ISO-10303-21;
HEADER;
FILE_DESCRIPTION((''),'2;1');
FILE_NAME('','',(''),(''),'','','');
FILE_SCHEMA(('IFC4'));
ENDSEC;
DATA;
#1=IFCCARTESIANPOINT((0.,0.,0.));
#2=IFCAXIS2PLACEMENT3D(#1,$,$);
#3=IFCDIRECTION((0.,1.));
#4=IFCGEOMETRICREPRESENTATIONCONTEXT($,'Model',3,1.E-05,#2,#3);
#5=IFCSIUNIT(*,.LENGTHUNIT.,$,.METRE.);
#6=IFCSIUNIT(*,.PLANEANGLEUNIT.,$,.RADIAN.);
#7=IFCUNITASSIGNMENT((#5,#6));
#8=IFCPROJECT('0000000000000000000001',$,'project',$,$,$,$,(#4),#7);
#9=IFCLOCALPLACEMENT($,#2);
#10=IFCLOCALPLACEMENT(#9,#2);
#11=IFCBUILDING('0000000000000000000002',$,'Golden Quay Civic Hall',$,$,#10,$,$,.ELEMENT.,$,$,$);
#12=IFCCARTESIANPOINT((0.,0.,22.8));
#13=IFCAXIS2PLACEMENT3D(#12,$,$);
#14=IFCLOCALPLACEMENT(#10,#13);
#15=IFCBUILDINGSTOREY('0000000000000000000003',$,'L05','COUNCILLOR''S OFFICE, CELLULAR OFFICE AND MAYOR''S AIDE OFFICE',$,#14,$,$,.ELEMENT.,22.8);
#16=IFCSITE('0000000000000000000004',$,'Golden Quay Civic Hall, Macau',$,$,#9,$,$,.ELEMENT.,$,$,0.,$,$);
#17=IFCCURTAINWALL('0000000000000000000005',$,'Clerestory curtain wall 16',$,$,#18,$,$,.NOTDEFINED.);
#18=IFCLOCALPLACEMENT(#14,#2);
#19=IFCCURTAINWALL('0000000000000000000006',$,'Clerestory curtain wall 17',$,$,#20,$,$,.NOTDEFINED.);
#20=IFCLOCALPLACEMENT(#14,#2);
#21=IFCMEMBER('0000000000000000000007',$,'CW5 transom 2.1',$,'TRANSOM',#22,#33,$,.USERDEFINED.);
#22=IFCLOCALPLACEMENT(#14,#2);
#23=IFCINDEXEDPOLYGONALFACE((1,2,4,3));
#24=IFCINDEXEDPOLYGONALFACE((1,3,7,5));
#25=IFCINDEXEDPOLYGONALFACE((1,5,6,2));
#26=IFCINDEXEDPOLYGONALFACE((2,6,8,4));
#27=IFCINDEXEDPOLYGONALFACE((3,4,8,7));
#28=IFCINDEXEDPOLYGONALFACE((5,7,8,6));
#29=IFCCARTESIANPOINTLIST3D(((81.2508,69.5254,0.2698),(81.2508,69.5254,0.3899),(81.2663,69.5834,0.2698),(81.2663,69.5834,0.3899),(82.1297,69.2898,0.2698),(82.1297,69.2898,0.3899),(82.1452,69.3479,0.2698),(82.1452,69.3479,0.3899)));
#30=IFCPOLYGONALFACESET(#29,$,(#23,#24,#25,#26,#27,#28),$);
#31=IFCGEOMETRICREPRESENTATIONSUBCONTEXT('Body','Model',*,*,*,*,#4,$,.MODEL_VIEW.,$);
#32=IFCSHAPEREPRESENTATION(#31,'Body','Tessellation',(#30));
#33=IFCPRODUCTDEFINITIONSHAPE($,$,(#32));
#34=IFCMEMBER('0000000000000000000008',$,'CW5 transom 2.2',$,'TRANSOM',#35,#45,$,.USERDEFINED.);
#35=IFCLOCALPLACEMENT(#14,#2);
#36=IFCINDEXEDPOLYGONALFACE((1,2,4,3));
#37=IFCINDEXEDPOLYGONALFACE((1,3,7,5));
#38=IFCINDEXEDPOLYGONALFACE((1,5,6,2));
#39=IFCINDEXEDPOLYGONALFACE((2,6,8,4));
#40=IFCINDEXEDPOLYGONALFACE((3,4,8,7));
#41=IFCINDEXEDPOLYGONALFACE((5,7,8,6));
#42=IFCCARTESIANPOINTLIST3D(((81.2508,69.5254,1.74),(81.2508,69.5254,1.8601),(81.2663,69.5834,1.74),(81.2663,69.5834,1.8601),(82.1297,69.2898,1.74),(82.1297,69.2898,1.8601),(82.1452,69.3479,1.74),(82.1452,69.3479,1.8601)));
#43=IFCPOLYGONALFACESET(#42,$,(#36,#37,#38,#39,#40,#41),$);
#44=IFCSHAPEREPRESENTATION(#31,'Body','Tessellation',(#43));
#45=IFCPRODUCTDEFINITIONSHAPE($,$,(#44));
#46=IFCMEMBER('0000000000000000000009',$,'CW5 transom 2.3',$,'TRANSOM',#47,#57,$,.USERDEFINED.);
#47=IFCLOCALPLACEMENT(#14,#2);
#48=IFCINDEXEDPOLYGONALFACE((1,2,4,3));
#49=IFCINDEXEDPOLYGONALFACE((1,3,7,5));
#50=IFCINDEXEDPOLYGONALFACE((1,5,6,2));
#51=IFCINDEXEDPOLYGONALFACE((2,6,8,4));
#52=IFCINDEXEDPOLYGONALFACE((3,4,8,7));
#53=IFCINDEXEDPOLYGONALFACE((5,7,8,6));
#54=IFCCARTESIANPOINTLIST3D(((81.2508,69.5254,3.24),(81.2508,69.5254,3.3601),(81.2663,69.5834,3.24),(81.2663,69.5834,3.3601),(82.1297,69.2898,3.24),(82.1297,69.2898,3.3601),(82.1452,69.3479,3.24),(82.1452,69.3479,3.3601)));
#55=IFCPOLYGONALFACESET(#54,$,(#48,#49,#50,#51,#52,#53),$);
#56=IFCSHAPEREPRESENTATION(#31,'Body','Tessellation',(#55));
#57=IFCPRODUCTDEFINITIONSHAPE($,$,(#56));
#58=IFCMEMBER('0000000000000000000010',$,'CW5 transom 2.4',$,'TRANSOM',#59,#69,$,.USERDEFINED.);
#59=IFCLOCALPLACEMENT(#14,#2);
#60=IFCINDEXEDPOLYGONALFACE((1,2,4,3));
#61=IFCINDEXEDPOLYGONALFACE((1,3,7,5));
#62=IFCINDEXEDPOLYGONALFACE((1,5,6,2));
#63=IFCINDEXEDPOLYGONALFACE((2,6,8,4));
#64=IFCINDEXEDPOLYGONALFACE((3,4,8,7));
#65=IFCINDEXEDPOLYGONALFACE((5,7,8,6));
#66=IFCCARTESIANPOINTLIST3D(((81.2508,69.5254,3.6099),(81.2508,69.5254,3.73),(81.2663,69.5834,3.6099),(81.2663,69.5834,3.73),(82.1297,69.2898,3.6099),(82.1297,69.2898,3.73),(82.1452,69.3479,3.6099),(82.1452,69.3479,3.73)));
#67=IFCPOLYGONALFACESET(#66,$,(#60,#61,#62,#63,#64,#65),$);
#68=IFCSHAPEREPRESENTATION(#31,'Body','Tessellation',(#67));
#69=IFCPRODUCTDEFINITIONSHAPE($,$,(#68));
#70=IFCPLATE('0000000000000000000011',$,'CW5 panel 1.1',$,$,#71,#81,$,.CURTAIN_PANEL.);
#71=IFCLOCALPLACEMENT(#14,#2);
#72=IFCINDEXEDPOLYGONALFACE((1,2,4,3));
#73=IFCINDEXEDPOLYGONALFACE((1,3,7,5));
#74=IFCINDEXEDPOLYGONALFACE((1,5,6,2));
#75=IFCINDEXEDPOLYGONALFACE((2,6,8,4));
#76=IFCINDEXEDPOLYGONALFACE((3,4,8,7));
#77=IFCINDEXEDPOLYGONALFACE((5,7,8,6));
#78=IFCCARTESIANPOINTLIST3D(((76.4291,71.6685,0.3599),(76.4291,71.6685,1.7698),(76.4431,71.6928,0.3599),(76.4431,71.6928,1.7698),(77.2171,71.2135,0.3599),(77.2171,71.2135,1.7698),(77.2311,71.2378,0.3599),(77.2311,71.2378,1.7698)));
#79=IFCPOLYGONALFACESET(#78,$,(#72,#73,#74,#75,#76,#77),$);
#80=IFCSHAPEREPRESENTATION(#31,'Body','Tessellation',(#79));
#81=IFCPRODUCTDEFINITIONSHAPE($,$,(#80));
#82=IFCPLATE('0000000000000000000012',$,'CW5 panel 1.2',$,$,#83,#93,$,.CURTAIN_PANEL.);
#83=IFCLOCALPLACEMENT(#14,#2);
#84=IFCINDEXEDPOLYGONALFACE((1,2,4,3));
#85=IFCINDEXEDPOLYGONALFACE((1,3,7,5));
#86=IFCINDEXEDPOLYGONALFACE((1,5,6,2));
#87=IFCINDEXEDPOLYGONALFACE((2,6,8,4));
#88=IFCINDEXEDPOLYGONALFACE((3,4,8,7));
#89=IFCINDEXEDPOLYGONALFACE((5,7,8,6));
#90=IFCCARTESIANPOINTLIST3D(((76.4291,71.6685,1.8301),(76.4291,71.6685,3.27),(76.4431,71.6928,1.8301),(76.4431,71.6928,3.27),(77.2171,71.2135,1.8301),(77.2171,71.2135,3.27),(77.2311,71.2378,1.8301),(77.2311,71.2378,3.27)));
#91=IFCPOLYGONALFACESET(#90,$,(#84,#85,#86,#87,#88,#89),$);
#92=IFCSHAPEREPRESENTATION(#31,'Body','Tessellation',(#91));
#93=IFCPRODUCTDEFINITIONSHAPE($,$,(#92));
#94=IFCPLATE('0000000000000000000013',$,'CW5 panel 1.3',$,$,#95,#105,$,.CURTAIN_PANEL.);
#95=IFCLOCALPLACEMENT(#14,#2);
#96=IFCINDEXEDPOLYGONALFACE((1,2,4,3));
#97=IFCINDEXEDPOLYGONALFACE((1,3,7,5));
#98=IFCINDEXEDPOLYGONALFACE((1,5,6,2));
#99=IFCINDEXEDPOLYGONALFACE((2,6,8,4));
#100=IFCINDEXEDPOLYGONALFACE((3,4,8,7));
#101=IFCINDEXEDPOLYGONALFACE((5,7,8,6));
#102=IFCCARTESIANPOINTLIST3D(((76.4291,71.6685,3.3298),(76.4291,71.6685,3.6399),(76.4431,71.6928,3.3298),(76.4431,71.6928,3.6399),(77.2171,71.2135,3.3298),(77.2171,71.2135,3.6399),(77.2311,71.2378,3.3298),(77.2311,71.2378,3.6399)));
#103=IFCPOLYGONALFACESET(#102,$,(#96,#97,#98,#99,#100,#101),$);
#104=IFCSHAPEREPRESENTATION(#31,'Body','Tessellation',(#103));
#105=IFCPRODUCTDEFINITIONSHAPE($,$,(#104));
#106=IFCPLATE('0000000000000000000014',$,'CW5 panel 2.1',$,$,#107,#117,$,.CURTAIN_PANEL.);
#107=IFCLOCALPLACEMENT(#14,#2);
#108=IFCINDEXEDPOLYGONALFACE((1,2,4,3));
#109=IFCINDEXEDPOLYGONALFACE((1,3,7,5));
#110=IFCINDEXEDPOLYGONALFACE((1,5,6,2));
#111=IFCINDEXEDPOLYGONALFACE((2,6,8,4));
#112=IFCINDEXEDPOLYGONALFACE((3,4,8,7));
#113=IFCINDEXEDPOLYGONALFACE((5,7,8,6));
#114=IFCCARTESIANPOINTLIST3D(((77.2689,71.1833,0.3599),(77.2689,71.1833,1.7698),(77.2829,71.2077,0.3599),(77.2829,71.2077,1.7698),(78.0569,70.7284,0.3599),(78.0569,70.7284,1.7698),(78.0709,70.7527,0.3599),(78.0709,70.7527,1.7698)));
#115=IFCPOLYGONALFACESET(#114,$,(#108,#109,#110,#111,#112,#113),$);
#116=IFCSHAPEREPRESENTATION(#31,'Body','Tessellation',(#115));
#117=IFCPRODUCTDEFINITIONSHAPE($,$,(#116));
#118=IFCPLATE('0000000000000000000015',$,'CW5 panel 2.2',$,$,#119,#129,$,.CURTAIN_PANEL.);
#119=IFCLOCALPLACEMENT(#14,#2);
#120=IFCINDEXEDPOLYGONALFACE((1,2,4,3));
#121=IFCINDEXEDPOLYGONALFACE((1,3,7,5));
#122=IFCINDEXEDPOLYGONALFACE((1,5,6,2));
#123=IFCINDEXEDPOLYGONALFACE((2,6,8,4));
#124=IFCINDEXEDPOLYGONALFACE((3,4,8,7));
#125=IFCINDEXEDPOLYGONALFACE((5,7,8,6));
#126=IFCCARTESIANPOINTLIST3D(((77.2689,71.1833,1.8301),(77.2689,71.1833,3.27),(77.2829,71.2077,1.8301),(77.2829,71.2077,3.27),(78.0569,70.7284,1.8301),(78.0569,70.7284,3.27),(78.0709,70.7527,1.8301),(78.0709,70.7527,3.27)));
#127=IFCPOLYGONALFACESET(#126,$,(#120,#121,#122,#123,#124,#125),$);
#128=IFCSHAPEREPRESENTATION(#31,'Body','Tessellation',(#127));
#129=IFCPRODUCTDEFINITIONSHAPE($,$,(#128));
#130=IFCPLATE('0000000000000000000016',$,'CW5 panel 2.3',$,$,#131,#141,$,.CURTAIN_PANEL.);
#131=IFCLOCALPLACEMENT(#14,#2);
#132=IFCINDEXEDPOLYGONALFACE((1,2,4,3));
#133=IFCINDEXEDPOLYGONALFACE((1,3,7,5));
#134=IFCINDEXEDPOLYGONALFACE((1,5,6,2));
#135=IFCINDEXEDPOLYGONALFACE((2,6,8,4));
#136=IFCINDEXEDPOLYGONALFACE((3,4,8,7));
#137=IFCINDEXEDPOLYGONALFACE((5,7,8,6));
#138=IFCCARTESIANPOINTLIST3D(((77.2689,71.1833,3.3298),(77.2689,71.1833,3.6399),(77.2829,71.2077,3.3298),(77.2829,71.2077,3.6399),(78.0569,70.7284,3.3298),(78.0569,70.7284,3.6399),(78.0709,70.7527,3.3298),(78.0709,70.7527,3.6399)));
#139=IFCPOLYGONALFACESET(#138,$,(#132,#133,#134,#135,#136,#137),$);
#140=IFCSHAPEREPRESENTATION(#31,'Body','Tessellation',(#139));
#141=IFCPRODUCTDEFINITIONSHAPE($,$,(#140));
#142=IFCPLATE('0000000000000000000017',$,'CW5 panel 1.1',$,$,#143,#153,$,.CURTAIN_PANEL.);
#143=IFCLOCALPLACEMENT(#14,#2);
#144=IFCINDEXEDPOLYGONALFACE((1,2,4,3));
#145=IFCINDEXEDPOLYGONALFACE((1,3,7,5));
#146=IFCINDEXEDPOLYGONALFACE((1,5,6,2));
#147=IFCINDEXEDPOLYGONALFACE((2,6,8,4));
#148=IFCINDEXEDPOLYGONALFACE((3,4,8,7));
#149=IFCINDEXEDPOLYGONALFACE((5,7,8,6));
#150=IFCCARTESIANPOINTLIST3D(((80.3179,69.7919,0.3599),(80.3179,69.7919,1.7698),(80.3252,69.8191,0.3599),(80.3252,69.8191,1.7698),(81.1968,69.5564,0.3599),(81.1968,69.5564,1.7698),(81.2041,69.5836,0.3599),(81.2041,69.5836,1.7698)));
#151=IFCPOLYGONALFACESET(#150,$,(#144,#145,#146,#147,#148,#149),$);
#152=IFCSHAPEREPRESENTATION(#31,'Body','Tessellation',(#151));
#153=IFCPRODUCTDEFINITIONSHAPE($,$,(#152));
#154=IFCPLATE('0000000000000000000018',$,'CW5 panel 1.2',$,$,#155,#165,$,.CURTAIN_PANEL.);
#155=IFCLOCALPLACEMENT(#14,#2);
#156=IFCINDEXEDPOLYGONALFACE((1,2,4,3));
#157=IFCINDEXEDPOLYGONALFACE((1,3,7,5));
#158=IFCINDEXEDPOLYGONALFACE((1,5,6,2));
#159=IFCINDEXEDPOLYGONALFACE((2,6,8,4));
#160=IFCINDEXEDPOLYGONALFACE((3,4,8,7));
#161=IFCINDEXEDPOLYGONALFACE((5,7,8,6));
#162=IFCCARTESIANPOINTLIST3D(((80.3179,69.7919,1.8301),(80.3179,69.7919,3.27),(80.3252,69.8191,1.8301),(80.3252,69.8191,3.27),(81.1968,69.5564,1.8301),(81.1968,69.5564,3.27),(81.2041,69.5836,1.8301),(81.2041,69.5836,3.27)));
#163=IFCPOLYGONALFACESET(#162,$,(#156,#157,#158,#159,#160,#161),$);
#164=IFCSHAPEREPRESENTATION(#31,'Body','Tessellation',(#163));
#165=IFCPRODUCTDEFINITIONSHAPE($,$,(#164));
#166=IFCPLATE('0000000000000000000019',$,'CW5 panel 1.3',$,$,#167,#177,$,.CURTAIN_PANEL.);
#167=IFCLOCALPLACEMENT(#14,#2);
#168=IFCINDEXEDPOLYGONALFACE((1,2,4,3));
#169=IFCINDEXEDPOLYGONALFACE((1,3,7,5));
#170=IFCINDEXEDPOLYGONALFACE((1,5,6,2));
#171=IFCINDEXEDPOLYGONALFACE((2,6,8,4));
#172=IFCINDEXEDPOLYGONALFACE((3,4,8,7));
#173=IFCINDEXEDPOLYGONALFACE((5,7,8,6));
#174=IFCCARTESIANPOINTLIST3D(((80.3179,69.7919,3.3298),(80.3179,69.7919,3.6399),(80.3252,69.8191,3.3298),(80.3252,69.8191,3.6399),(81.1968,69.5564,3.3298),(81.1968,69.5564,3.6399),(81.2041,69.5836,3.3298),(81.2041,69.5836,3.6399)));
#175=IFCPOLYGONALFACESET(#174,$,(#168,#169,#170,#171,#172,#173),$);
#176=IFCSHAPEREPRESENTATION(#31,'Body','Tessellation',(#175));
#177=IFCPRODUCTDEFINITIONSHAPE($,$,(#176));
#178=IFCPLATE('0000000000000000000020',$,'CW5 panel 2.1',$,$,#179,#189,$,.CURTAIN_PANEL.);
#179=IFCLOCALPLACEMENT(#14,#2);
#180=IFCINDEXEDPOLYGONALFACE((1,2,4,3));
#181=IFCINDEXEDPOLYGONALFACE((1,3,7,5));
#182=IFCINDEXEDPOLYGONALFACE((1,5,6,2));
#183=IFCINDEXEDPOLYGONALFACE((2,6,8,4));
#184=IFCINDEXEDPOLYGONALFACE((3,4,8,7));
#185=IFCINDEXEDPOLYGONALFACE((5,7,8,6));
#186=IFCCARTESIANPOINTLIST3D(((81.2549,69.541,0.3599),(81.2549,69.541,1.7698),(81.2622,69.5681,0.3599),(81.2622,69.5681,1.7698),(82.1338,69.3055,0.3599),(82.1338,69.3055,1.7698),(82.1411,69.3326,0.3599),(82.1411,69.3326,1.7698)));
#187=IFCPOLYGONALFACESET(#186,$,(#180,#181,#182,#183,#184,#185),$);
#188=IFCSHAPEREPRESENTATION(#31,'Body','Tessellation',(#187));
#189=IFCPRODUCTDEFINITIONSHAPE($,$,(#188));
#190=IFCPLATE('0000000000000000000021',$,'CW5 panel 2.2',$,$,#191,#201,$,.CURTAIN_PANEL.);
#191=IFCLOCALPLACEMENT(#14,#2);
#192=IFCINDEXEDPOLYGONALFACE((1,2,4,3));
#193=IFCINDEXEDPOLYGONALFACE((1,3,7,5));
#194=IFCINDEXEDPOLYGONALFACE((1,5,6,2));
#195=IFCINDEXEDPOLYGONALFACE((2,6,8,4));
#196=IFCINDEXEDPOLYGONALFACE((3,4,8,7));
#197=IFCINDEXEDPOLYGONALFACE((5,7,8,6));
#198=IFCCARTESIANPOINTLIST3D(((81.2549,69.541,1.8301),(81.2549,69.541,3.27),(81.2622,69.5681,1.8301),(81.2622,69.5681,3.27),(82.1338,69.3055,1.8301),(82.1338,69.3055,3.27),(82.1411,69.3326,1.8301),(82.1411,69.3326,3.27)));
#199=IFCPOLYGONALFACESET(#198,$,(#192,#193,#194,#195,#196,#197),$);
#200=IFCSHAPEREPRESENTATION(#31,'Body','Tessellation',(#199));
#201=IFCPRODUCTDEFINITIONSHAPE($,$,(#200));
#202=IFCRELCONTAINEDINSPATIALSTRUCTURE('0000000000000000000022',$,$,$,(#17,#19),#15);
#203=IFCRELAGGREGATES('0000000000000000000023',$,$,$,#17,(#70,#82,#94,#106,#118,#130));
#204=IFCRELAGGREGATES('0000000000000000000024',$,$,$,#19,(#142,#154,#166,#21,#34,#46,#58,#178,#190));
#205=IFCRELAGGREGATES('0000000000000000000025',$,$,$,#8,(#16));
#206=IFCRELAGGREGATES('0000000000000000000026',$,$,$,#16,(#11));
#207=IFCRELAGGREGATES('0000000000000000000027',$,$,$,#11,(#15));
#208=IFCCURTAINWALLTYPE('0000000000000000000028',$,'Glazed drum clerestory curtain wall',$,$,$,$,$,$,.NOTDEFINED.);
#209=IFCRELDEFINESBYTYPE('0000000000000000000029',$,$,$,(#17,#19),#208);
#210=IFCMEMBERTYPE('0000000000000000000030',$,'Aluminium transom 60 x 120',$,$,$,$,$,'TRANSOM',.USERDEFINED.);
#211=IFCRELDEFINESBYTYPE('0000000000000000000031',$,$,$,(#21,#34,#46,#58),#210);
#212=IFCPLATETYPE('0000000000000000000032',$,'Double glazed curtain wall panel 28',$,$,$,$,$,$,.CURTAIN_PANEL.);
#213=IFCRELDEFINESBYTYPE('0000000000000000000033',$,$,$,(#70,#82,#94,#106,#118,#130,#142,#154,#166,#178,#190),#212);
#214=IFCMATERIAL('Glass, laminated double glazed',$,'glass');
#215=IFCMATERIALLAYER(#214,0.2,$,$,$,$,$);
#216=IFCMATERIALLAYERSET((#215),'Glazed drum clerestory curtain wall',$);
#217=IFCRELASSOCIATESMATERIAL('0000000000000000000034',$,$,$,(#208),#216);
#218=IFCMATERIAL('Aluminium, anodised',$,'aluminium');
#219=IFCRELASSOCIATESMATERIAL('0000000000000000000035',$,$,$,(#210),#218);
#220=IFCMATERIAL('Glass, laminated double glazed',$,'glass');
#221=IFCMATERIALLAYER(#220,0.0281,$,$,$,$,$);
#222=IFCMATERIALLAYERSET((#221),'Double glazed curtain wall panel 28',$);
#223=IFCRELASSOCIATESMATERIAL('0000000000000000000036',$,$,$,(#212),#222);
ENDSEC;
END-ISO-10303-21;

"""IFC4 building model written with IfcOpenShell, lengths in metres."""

from ifc_helpers import new_model, si_unit, direction, frame, origin, origin_2d, place, context, subcontext, project, spatial, rectangle, extrude, material, layer, layer_set, material_profile, profile_set, type_object, element, aggregate, save


model = new_model("IFC4")

# Units and contexts
model_context = context("Model", 3, precision=1e-05, world=origin(), true_north=direction((0.0, 1.0)))
body_context = subcontext(model_context, "Body", "Model", "MODEL_VIEW")
ifc_project = project(units=[si_unit("LENGTHUNIT", "METRE"), si_unit("PLANEANGLEUNIT", "RADIAN")], contexts=[model_context])

# Site, building, storey
site_placement = place(None, origin())
site = spatial("IfcSite", under=ifc_project, at=site_placement, Name="Golden Quay Civic Hall, Macau", CompositionType="ELEMENT", RefElevation=0.0)
building_placement = place(site_placement, origin())
building = spatial("IfcBuilding", under=site, at=building_placement, Name="Golden Quay Civic Hall", CompositionType="ELEMENT")
storey_placement = place(building_placement, frame((0.0, 0.0, 22.8)))
storey = spatial("IfcBuildingStorey", under=building, at=storey_placement, Name="L05", Description="COUNCILLOR'S OFFICE, CELLULAR OFFICE AND MAYOR'S AIDE OFFICE", CompositionType="ELEMENT", Elevation=22.8)

# Curtain walls
ifc_material_1 = material(Name="Glass, laminated double glazed", Category="glass")
ifc_layer_1 = layer(ifc_material_1, 0.2)
ifc_layer_set_1 = layer_set([ifc_layer_1], Name="Glazed drum clerestory curtain wall")
curtain_wall_type = type_object("IfcCurtainWallType", Name="Glazed drum clerestory curtain wall", PredefinedType="NOTDEFINED", material=ifc_layer_set_1)
curtain_wall_1_placement = place(storey_placement, origin())
curtain_wall_1 = element("IfcCurtainWall", 1, at=curtain_wall_1_placement, inside=storey, type_object=curtain_wall_type, Name="Clerestory curtain wall 16", PredefinedType="NOTDEFINED")
curtain_wall_2_placement = place(storey_placement, origin())
curtain_wall_2 = element("IfcCurtainWall", 2, at=curtain_wall_2_placement, inside=storey, type_object=curtain_wall_type, Name="Clerestory curtain wall 17", PredefinedType="NOTDEFINED")

# Members
ifc_material_2 = material(Name="Aluminium, anodised", Category="aluminium")
ifc_material_profile_1 = material_profile(ifc_material_2, rectangle(XDim=0.0601, YDim=0.1201, at=origin_2d()), Name="Aluminium 60 x 120")
ifc_profile_set_1 = profile_set([ifc_material_profile_1], Name="Aluminium, anodised")
member_type_1 = type_object("IfcMemberType", Name="Aluminium transom 60 x 120", ElementType="TRANSOM", PredefinedType="USERDEFINED", material=ifc_profile_set_1)
member_1_placement = place(storey_placement, frame((81.2585, 69.5544, 0.3298), z_axis=(0.9659, -0.258915, 0.0), x_axis=(0.258915, 0.9659, 0.0)))
member_1 = element("IfcMember", 3, at=member_1_placement, type_object=member_type_1, Name="CW5 transom 2.1", ObjectType="TRANSOM", PredefinedType="USERDEFINED", context=body_context, shape_type="SweptSolid", body=[
    extrude(rectangle(XDim=0.0601, YDim=0.1201, at=origin_2d()), origin(), (0.0, 0.0, 1.0), 0.9099),
])
member_2_placement = place(storey_placement, frame((81.2585, 69.5544, 1.8), z_axis=(0.9659, -0.258915, 0.0), x_axis=(0.258915, 0.9659, 0.0)))
member_2 = element("IfcMember", 4, at=member_2_placement, type_object=member_type_1, Name="CW5 transom 2.2", ObjectType="TRANSOM", PredefinedType="USERDEFINED", context=body_context, shape_type="SweptSolid", body=[
    extrude(rectangle(XDim=0.0601, YDim=0.1201, at=origin_2d()), origin(), (0.0, 0.0, 1.0), 0.9099),
])
member_3_placement = place(storey_placement, frame((81.2585, 69.5544, 3.3), z_axis=(0.9659, -0.258915, 0.0), x_axis=(0.258915, 0.9659, 0.0)))
member_3 = element("IfcMember", 5, at=member_3_placement, type_object=member_type_1, Name="CW5 transom 2.3", ObjectType="TRANSOM", PredefinedType="USERDEFINED", context=body_context, shape_type="SweptSolid", body=[
    extrude(rectangle(XDim=0.0601, YDim=0.1201, at=origin_2d()), origin(), (0.0, 0.0, 1.0), 0.9099),
])
member_4_placement = place(storey_placement, frame((81.2585, 69.5544, 3.6699), z_axis=(0.9659, -0.258915, 0.0), x_axis=(0.258915, 0.9659, 0.0)))
member_4 = element("IfcMember", 6, at=member_4_placement, type_object=member_type_1, Name="CW5 transom 2.4", ObjectType="TRANSOM", PredefinedType="USERDEFINED", context=body_context, shape_type="SweptSolid", body=[
    extrude(rectangle(XDim=0.0601, YDim=0.1201, at=origin_2d()), origin(), (0.0, 0.0, 1.0), 0.9099),
])

# Plates
ifc_material_3 = material(Name="Glass, laminated double glazed", Category="glass")
ifc_layer_2 = layer(ifc_material_3, 0.0281)
ifc_layer_set_2 = layer_set([ifc_layer_2], Name="Double glazed curtain wall panel 28")
plate_type = type_object("IfcPlateType", Name="Double glazed curtain wall panel 28", PredefinedType="CURTAIN_PANEL", material=ifc_layer_set_2)
plate_1_placement = place(storey_placement, frame((76.8301, 71.4531, 0.3599), z_axis=(0.0, 0.0, 1.0), x_axis=(0.866019, -0.500011, 0.0)))
plate_1 = element("IfcPlate", 7, at=plate_1_placement, type_object=plate_type, Name="CW5 panel 1.1", PredefinedType="CURTAIN_PANEL", context=body_context, shape_type="SweptSolid", body=[
    extrude(rectangle(XDim=0.9099, YDim=0.0281, at=origin_2d()), origin(), (0.0, 0.0, 1.0), 1.4099),
])
plate_2_placement = place(storey_placement, frame((76.8301, 71.4531, 1.8301), z_axis=(0.0, 0.0, 1.0), x_axis=(0.866019, -0.500011, 0.0)))
plate_2 = element("IfcPlate", 8, at=plate_2_placement, type_object=plate_type, Name="CW5 panel 1.2", PredefinedType="CURTAIN_PANEL", context=body_context, shape_type="SweptSolid", body=[
    extrude(rectangle(XDim=0.9099, YDim=0.0281, at=origin_2d()), origin(), (0.0, 0.0, 1.0), 1.4399),
])
plate_3_placement = place(storey_placement, frame((76.8301, 71.4531, 3.3298), z_axis=(0.0, 0.0, 1.0), x_axis=(0.866019, -0.500011, 0.0)))
plate_3 = element("IfcPlate", 9, at=plate_3_placement, type_object=plate_type, Name="CW5 panel 1.3", PredefinedType="CURTAIN_PANEL", context=body_context, shape_type="SweptSolid", body=[
    extrude(rectangle(XDim=0.9099, YDim=0.0281, at=origin_2d()), origin(), (0.0, 0.0, 1.0), 0.3101),
])
plate_4_placement = place(storey_placement, frame((77.6699, 70.968, 0.3599), z_axis=(0.0, 0.0, 1.0), x_axis=(0.866019, -0.500011, 0.0)))
plate_4 = element("IfcPlate", 10, at=plate_4_placement, type_object=plate_type, Name="CW5 panel 2.1", PredefinedType="CURTAIN_PANEL", context=body_context, shape_type="SweptSolid", body=[
    extrude(rectangle(XDim=0.9099, YDim=0.0281, at=origin_2d()), origin(), (0.0, 0.0, 1.0), 1.4099),
])
plate_5_placement = place(storey_placement, frame((77.6699, 70.968, 1.8301), z_axis=(0.0, 0.0, 1.0), x_axis=(0.866019, -0.500011, 0.0)))
plate_5 = element("IfcPlate", 11, at=plate_5_placement, type_object=plate_type, Name="CW5 panel 2.2", PredefinedType="CURTAIN_PANEL", context=body_context, shape_type="SweptSolid", body=[
    extrude(rectangle(XDim=0.9099, YDim=0.0281, at=origin_2d()), origin(), (0.0, 0.0, 1.0), 1.4399),
])
plate_6_placement = place(storey_placement, frame((77.6699, 70.968, 3.3298), z_axis=(0.0, 0.0, 1.0), x_axis=(0.866019, -0.500011, 0.0)))
plate_6 = element("IfcPlate", 12, at=plate_6_placement, type_object=plate_type, Name="CW5 panel 2.3", PredefinedType="CURTAIN_PANEL", context=body_context, shape_type="SweptSolid", body=[
    extrude(rectangle(XDim=0.9099, YDim=0.0281, at=origin_2d()), origin(), (0.0, 0.0, 1.0), 0.3101),
])
aggregate(curtain_wall_1, [plate_1, plate_2, plate_3, plate_4, plate_5, plate_6])
plate_7_placement = place(storey_placement, frame((80.761, 69.6877, 0.3599), z_axis=(0.0, 0.0, 1.0), x_axis=(0.965929, -0.258808, 0.0)))
plate_7 = element("IfcPlate", 13, at=plate_7_placement, type_object=plate_type, Name="CW5 panel 1.1", PredefinedType="CURTAIN_PANEL", context=body_context, shape_type="SweptSolid", body=[
    extrude(rectangle(XDim=0.9099, YDim=0.0281, at=origin_2d()), origin(), (0.0, 0.0, 1.0), 1.4099),
])
plate_8_placement = place(storey_placement, frame((80.761, 69.6877, 1.8301), z_axis=(0.0, 0.0, 1.0), x_axis=(0.965929, -0.258808, 0.0)))
plate_8 = element("IfcPlate", 14, at=plate_8_placement, type_object=plate_type, Name="CW5 panel 1.2", PredefinedType="CURTAIN_PANEL", context=body_context, shape_type="SweptSolid", body=[
    extrude(rectangle(XDim=0.9099, YDim=0.0281, at=origin_2d()), origin(), (0.0, 0.0, 1.0), 1.4399),
])
plate_9_placement = place(storey_placement, frame((80.761, 69.6877, 3.3298), z_axis=(0.0, 0.0, 1.0), x_axis=(0.965929, -0.258808, 0.0)))
plate_9 = element("IfcPlate", 15, at=plate_9_placement, type_object=plate_type, Name="CW5 panel 1.3", PredefinedType="CURTAIN_PANEL", context=body_context, shape_type="SweptSolid", body=[
    extrude(rectangle(XDim=0.9099, YDim=0.0281, at=origin_2d()), origin(), (0.0, 0.0, 1.0), 0.3101),
])
plate_10_placement = place(storey_placement, frame((81.698, 69.4368, 0.3599), z_axis=(0.0, 0.0, 1.0), x_axis=(0.965929, -0.258808, 0.0)))
plate_10 = element("IfcPlate", 16, at=plate_10_placement, type_object=plate_type, Name="CW5 panel 2.1", PredefinedType="CURTAIN_PANEL", context=body_context, shape_type="SweptSolid", body=[
    extrude(rectangle(XDim=0.9099, YDim=0.0281, at=origin_2d()), origin(), (0.0, 0.0, 1.0), 1.4099),
])
plate_11_placement = place(storey_placement, frame((81.698, 69.4368, 1.8301), z_axis=(0.0, 0.0, 1.0), x_axis=(0.965929, -0.258808, 0.0)))
plate_11 = element("IfcPlate", 17, at=plate_11_placement, type_object=plate_type, Name="CW5 panel 2.2", PredefinedType="CURTAIN_PANEL", context=body_context, shape_type="SweptSolid", body=[
    extrude(rectangle(XDim=0.9099, YDim=0.0281, at=origin_2d()), origin(), (0.0, 0.0, 1.0), 1.4399),
])
aggregate(curtain_wall_2, [plate_7, plate_8, plate_9, member_1, member_2, member_3, member_4, plate_10, plate_11])

save(model, "model.ifc")
